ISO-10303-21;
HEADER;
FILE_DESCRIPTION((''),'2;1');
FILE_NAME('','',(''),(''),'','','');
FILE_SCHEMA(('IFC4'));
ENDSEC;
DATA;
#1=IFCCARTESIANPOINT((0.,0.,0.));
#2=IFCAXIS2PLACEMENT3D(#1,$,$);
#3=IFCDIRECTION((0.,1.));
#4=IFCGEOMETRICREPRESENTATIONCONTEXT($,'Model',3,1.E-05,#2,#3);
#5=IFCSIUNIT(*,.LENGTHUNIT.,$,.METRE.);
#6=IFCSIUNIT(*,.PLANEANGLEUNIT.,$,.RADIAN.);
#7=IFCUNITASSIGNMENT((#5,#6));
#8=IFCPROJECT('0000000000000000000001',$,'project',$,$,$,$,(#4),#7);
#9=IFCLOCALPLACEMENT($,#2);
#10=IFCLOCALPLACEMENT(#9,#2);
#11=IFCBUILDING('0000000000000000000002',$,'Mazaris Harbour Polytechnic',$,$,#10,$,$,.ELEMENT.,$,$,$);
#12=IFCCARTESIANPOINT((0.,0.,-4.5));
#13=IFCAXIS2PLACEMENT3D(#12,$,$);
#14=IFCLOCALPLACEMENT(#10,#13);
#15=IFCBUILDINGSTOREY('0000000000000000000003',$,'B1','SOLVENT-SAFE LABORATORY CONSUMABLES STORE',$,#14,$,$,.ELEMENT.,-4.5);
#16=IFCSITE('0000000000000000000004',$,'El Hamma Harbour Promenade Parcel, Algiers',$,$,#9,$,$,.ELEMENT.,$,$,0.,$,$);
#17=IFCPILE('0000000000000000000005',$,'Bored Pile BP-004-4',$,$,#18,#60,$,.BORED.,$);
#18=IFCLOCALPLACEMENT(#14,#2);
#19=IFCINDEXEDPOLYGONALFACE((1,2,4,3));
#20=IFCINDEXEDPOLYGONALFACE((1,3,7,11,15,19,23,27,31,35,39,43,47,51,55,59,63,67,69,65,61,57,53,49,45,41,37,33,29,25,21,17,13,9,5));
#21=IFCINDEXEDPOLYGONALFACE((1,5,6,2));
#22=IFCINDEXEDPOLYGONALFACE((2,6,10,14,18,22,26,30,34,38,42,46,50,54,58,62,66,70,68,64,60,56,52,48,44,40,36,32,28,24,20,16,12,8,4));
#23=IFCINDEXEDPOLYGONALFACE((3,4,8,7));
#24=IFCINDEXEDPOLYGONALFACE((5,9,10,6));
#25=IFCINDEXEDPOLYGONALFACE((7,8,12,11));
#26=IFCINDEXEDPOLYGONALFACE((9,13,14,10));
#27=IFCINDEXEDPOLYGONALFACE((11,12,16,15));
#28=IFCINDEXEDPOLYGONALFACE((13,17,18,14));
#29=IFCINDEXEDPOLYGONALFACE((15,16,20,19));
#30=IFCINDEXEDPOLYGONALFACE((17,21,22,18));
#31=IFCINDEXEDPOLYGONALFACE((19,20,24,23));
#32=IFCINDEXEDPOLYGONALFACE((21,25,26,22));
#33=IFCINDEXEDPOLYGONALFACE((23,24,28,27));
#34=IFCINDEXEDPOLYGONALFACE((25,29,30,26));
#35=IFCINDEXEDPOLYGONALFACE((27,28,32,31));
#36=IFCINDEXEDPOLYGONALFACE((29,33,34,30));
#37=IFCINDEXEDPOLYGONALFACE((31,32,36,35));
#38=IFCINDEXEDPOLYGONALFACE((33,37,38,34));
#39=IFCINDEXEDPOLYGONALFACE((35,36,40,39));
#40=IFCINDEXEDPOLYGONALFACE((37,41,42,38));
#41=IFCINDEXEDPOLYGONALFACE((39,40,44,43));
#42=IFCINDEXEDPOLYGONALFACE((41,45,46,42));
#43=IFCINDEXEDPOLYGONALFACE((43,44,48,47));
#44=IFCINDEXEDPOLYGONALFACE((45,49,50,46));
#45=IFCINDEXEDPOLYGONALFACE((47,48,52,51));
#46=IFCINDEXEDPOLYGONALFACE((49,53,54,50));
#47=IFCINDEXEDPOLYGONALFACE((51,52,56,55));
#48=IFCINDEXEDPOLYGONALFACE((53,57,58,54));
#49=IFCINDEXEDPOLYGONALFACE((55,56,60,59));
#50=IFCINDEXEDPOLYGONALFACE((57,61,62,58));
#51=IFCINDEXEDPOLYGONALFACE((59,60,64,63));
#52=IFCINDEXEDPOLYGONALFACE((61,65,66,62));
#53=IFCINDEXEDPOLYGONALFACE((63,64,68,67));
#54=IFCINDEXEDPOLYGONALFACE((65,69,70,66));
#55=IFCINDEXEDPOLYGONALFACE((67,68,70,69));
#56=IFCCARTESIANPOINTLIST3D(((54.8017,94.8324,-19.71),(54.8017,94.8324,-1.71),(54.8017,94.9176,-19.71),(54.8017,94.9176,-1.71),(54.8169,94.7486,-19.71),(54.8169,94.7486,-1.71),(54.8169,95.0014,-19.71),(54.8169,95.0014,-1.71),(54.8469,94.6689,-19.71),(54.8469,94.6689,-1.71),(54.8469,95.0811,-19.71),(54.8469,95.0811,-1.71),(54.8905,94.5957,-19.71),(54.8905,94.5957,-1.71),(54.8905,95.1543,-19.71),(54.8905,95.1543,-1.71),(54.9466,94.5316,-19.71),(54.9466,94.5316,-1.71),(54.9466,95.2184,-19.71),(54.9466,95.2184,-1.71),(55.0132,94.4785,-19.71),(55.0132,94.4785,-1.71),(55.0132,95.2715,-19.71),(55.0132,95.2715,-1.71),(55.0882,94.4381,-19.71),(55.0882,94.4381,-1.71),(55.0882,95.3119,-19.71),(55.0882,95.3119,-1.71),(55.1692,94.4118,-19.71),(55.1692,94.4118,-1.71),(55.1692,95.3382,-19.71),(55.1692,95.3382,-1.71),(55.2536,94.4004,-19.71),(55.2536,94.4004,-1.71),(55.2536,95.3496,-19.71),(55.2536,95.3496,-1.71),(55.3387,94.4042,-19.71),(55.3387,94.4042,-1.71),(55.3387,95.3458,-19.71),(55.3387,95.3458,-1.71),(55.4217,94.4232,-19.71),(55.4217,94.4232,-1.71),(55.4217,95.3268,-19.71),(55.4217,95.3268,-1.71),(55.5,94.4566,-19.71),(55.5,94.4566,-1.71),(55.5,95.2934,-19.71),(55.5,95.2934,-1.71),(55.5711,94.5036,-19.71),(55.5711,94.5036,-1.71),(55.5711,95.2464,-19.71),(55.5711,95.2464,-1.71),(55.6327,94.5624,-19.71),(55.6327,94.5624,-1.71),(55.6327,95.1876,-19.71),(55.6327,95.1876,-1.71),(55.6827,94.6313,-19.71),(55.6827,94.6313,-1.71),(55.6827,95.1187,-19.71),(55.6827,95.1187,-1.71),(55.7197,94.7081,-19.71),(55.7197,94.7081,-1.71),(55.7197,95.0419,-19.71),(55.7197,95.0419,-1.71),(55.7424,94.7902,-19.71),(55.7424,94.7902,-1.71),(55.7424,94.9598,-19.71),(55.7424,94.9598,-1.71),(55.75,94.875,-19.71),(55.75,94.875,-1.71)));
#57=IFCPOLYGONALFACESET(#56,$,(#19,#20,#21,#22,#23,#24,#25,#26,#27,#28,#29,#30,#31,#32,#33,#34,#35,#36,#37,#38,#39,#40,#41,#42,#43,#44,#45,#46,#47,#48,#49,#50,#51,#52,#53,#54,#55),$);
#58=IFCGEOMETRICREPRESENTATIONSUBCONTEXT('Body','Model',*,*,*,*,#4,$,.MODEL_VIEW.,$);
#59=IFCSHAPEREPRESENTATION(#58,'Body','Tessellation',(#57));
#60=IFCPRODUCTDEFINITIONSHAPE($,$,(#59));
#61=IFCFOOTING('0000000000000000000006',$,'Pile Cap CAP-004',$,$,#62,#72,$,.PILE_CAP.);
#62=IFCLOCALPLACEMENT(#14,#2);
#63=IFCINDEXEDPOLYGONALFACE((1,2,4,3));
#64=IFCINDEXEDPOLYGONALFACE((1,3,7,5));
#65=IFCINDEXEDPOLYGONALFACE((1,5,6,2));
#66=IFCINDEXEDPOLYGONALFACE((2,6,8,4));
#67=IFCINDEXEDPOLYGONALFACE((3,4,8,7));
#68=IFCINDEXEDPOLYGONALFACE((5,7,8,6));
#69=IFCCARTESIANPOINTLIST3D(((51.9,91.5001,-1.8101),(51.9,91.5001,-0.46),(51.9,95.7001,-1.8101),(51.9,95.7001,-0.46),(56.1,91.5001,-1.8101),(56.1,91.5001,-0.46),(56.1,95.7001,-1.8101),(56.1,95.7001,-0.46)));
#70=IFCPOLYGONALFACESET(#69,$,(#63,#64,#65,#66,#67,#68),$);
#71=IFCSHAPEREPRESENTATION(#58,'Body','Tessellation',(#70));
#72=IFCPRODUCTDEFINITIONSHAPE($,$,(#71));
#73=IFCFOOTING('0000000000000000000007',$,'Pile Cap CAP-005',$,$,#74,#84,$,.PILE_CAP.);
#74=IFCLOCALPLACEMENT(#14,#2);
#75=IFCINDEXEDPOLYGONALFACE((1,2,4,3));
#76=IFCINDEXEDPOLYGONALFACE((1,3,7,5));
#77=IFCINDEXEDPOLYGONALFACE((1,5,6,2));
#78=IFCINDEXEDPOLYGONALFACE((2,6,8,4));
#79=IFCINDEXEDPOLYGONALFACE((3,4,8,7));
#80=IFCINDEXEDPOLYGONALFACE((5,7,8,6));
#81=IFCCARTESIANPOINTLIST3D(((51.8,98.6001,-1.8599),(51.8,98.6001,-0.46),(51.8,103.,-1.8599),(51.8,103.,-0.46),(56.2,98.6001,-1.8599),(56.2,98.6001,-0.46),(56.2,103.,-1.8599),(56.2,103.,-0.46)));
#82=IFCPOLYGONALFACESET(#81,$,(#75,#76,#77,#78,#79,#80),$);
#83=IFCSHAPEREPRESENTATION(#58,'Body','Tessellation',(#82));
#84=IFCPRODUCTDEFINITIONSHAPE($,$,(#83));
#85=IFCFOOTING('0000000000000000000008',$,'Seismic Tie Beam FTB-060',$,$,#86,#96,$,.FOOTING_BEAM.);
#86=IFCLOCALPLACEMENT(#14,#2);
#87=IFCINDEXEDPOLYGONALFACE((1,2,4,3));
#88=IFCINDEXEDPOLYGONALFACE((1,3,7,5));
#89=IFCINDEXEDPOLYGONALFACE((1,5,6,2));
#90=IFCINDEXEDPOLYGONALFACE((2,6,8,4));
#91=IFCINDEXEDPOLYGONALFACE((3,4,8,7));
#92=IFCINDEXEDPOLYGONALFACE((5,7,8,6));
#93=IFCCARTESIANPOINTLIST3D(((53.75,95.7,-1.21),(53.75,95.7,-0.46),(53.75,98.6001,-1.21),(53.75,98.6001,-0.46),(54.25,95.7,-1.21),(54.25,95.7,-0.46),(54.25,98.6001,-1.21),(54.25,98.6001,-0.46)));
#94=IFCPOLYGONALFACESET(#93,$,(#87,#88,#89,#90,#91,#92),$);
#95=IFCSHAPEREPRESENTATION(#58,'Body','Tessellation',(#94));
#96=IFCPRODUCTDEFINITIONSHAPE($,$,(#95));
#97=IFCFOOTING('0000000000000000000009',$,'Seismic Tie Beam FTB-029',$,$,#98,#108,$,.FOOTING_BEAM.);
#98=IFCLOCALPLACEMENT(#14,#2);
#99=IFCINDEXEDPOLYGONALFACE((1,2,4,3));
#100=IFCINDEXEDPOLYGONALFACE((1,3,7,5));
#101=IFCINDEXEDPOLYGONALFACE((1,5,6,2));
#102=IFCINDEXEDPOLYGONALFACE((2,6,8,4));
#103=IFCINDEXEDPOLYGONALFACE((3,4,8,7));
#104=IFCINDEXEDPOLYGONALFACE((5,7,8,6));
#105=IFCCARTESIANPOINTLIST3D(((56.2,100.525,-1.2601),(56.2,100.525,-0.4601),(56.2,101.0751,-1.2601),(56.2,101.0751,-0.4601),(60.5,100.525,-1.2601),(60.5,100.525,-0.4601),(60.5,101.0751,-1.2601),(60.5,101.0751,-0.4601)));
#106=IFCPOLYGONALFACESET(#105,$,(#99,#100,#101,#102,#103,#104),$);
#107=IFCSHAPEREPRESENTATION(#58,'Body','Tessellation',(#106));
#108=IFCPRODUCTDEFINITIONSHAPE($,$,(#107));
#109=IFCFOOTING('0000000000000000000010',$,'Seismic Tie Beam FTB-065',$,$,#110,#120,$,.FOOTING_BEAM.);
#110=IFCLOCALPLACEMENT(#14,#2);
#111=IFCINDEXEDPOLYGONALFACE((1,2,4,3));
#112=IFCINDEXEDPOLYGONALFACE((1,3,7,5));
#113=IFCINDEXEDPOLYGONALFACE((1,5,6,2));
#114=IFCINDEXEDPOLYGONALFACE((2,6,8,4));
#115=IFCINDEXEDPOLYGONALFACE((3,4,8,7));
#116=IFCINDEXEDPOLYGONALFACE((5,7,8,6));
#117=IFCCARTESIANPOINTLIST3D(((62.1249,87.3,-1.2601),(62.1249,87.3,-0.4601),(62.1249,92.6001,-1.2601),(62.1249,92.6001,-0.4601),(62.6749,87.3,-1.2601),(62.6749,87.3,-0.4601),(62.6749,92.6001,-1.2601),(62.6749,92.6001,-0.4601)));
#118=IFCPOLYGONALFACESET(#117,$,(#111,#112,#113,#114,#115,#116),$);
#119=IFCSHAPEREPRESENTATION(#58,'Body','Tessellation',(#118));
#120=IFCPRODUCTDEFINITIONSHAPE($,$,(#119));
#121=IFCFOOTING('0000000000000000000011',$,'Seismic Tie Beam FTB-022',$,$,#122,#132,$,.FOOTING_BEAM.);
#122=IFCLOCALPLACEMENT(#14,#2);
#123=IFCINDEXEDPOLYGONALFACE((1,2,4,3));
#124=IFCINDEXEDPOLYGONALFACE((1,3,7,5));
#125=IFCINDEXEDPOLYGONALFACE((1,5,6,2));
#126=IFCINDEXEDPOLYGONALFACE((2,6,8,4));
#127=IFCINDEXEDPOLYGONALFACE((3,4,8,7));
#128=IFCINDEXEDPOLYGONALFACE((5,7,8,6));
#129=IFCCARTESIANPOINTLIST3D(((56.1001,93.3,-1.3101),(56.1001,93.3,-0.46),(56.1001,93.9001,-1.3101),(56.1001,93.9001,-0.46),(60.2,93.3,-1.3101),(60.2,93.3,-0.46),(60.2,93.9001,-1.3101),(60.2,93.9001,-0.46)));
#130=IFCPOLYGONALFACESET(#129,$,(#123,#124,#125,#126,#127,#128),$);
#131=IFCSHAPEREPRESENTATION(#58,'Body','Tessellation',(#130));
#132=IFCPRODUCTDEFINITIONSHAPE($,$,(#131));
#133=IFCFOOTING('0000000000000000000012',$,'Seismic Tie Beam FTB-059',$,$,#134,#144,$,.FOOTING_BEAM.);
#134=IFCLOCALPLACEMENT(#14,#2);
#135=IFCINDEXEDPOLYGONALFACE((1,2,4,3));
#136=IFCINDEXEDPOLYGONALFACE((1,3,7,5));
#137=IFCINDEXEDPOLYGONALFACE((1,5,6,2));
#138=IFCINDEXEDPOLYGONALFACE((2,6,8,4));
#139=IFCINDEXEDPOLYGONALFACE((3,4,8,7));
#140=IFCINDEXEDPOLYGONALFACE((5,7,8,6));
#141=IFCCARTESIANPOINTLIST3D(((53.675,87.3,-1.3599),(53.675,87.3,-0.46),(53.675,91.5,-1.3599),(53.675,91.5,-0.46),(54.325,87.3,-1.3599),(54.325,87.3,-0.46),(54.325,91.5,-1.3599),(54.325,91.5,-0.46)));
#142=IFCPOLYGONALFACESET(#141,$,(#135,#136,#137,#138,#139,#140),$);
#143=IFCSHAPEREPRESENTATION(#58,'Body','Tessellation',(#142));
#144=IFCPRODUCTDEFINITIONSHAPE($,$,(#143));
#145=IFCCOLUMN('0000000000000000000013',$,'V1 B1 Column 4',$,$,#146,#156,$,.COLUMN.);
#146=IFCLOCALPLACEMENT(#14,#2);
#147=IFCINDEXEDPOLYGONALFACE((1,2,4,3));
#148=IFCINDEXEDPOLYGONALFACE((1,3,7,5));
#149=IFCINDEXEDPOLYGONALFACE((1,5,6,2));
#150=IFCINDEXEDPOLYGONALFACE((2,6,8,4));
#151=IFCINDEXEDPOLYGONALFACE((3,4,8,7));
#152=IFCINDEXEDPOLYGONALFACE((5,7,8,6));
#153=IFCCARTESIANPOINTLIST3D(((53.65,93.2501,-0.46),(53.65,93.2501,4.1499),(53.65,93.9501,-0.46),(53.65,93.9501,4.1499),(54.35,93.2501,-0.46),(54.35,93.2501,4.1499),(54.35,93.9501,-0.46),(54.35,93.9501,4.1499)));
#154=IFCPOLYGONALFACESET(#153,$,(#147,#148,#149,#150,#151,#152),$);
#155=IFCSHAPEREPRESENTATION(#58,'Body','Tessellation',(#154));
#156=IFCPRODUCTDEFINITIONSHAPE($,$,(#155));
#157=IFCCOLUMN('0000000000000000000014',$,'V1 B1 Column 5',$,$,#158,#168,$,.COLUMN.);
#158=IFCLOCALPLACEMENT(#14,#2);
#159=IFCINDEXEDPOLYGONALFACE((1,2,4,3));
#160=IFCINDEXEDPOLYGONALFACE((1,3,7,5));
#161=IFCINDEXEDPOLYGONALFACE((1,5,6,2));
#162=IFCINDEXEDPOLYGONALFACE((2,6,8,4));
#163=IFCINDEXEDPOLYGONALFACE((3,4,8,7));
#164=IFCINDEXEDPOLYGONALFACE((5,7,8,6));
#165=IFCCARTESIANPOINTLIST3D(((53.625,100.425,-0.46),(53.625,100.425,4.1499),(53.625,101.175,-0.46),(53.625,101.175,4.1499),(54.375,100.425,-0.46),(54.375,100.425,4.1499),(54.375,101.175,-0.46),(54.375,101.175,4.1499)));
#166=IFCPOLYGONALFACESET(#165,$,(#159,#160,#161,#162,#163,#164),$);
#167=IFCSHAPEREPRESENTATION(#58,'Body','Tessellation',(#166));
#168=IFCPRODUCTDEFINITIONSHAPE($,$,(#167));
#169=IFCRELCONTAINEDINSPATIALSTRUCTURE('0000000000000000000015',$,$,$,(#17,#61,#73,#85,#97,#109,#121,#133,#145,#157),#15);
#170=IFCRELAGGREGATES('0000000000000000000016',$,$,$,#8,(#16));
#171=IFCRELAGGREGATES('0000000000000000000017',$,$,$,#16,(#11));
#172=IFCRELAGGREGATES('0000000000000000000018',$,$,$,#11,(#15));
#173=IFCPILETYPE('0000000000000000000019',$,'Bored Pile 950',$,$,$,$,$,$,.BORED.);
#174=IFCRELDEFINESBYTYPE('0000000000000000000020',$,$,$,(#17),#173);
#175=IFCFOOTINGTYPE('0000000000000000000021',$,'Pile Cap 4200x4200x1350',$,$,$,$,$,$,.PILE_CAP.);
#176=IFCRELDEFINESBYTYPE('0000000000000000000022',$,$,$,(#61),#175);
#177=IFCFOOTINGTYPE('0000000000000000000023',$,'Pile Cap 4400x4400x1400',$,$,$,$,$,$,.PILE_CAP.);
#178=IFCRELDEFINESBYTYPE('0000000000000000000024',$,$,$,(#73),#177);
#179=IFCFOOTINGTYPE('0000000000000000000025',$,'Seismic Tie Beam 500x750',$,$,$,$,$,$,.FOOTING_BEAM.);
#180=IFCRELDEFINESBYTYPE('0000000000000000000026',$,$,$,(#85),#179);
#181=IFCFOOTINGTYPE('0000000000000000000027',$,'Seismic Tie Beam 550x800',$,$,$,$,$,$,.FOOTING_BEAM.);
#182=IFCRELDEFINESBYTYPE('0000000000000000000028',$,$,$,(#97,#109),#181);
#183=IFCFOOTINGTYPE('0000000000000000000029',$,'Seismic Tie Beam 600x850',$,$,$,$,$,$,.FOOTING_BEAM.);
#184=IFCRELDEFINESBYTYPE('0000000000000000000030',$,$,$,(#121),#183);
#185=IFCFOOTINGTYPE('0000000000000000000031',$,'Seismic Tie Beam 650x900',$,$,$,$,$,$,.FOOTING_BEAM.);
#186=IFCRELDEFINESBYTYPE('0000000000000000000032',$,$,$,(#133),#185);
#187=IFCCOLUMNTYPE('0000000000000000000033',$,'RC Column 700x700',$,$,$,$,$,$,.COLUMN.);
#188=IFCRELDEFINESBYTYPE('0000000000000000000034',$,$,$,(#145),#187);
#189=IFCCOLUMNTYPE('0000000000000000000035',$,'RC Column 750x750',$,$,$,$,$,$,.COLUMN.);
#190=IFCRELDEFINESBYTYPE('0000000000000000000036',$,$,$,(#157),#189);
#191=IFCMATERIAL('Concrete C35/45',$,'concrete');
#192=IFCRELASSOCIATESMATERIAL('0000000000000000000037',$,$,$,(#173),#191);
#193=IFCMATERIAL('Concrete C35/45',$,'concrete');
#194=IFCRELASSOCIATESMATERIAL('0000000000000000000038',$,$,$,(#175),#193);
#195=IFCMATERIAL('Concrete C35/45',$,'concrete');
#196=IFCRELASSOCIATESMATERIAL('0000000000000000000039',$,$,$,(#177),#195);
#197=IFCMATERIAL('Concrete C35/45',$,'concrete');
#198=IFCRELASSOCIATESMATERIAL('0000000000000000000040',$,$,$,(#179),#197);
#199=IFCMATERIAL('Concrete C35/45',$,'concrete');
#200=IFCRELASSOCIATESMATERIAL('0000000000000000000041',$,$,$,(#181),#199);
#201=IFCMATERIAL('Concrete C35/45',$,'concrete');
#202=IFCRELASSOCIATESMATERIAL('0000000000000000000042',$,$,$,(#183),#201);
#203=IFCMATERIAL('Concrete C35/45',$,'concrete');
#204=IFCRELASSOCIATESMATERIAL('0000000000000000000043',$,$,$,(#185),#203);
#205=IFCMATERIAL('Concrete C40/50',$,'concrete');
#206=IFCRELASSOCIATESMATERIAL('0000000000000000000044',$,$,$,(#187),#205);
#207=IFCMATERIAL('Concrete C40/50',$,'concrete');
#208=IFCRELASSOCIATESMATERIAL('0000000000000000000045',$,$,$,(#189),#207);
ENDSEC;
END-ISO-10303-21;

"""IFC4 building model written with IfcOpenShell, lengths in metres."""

from ifc_helpers import new_model, si_unit, direction, frame, origin, origin_2d, place, context, subcontext, project, spatial, rectangle, circle, extrude, material, material_profile, profile_set, type_object, element, save


model = new_model("IFC4")

# Units and contexts
model_context = context("Model", 3, precision=1e-05, world=origin(), true_north=direction((0.0, 1.0)))
body_context = subcontext(model_context, "Body", "Model", "MODEL_VIEW")
ifc_project = project(units=[si_unit("LENGTHUNIT", "METRE"), si_unit("PLANEANGLEUNIT", "RADIAN")], contexts=[model_context])

# Site, building, storey
site_placement = place(None, origin())
site = spatial("IfcSite", under=ifc_project, at=site_placement, Name="El Hamma Harbour Promenade Parcel, Algiers", CompositionType="ELEMENT", RefElevation=0.0)
building_placement = place(site_placement, origin())
building = spatial("IfcBuilding", under=site, at=building_placement, Name="Mazaris Harbour Polytechnic", CompositionType="ELEMENT")
storey_placement = place(building_placement, frame((0.0, 0.0, -4.5)))
storey = spatial("IfcBuildingStorey", under=building, at=storey_placement, Name="B1", Description="SOLVENT-SAFE LABORATORY CONSUMABLES STORE", CompositionType="ELEMENT", Elevation=-4.5)

# Pile
ifc_material_1 = material(Name="Concrete C35/45", Category="concrete")
ifc_material_profile_1 = material_profile(ifc_material_1, circle(Radius=0.4751, at=origin_2d()), Name="DIA950")
ifc_profile_set_1 = profile_set([ifc_material_profile_1], Name="Concrete C35/45")
pile_type_1 = type_object("IfcPileType", Name="Bored Pile 950", PredefinedType="BORED", material=ifc_profile_set_1)
for number, where, z_axis, x_axis, name in (
    (1, (55.2749, 94.875, -1.71), (0.0, 0.0, -1.0), (1.0, 0.0, 0.0), "Bored Pile BP-004-4"),
):
    element("IfcPile", number, at=place(storey_placement, frame(where, z_axis=z_axis, x_axis=x_axis)), inside=storey, type_object=pile_type_1, Name=name, PredefinedType="BORED", context=body_context, shape_type="SweptSolid", body=[
        extrude(circle(Radius=0.4751, at=origin_2d()), origin(), (0.0, 0.0, 1.0), 18.0),
    ])

# Footings
ifc_material_2 = material(Name="Concrete C35/45", Category="concrete")
footing_type_1 = type_object("IfcFootingType", Name="Pile Cap 4200x4200x1350", PredefinedType="PILE_CAP", material=ifc_material_2)
footing_1_placement = place(storey_placement, frame((54.0, 93.6001, -1.8101), z_axis=(0.0, 0.0, 1.0), x_axis=(1.0, 0.0, 0.0)))
element("IfcFooting", 2, at=footing_1_placement, inside=storey, type_object=footing_type_1, Name="Pile Cap CAP-004", PredefinedType="PILE_CAP", context=body_context, shape_type="SweptSolid", body=[
    extrude(rectangle(XDim=4.2, YDim=4.2, at=origin_2d()), origin(), (0.0, 0.0, 1.0), 1.3501),
])
ifc_material_3 = material(Name="Concrete C35/45", Category="concrete")
footing_type_2 = type_object("IfcFootingType", Name="Pile Cap 4400x4400x1400", PredefinedType="PILE_CAP", material=ifc_material_3)
footing_2_placement = place(storey_placement, frame((54.0, 100.8, -1.8599), z_axis=(0.0, 0.0, 1.0), x_axis=(1.0, 0.0, 0.0)))
element("IfcFooting", 3, at=footing_2_placement, inside=storey, type_object=footing_type_2, Name="Pile Cap CAP-005", PredefinedType="PILE_CAP", context=body_context, shape_type="SweptSolid", body=[
    extrude(rectangle(XDim=4.3999, YDim=4.3999, at=origin_2d()), origin(), (0.0, 0.0, 1.0), 1.3999),
])
ifc_material_4 = material(Name="Concrete C35/45", Category="concrete")
ifc_material_profile_2 = material_profile(ifc_material_4, rectangle(XDim=0.5, YDim=0.75, at=origin_2d()), Name="RECT500x750")
ifc_profile_set_2 = profile_set([ifc_material_profile_2], Name="Concrete C35/45")
footing_type_3 = type_object("IfcFootingType", Name="Seismic Tie Beam 500x750", PredefinedType="FOOTING_BEAM", material=ifc_profile_set_2)
footing_3_placement = place(storey_placement, frame((54.0, 95.7, -0.835), z_axis=(0.0, 1.0, 0.0), x_axis=(-1.0, 0.0, 0.0)))
element("IfcFooting", 4, at=footing_3_placement, inside=storey, type_object=footing_type_3, Name="Seismic Tie Beam FTB-060", PredefinedType="FOOTING_BEAM", context=body_context, shape_type="SweptSolid", body=[
    extrude(rectangle(XDim=0.5, YDim=0.75, at=origin_2d()), origin(), (0.0, 0.0, 1.0), 2.9001),
])
ifc_material_5 = material(Name="Concrete C35/45", Category="concrete")
ifc_material_profile_3 = material_profile(ifc_material_5, rectangle(XDim=0.55, YDim=0.8, at=origin_2d()), Name="RECT550x800")
ifc_profile_set_3 = profile_set([ifc_material_profile_3], Name="Concrete C35/45")
footing_type_4 = type_object("IfcFootingType", Name="Seismic Tie Beam 550x800", PredefinedType="FOOTING_BEAM", material=ifc_profile_set_3)
footing_4_placement = place(storey_placement, frame((56.2, 100.8, -0.8601), z_axis=(1.0, 0.0, 0.0), x_axis=(0.0, 1.0, 0.0)))
element("IfcFooting", 5, at=footing_4_placement, inside=storey, type_object=footing_type_4, Name="Seismic Tie Beam FTB-029", PredefinedType="FOOTING_BEAM", context=body_context, shape_type="SweptSolid", body=[
    extrude(rectangle(XDim=0.55, YDim=0.8, at=origin_2d()), origin(), (0.0, 0.0, 1.0), 4.3),
])
footing_5_placement = place(storey_placement, frame((62.3999, 87.3, -0.8601), z_axis=(0.0, 1.0, 0.0), x_axis=(-1.0, 0.0, 0.0)))
element("IfcFooting", 6, at=footing_5_placement, inside=storey, type_object=footing_type_4, Name="Seismic Tie Beam FTB-065", PredefinedType="FOOTING_BEAM", context=body_context, shape_type="SweptSolid", body=[
    extrude(rectangle(XDim=0.55, YDim=0.8, at=origin_2d()), origin(), (0.0, 0.0, 1.0), 5.3),
])
ifc_material_6 = material(Name="Concrete C35/45", Category="concrete")
ifc_material_profile_4 = material_profile(ifc_material_6, rectangle(XDim=0.6001, YDim=0.8501, at=origin_2d()), Name="RECT600x850")
ifc_profile_set_4 = profile_set([ifc_material_profile_4], Name="Concrete C35/45")
footing_type_5 = type_object("IfcFootingType", Name="Seismic Tie Beam 600x850", PredefinedType="FOOTING_BEAM", material=ifc_profile_set_4)
footing_6_placement = place(storey_placement, frame((56.1001, 93.6001, -0.885), z_axis=(1.0, 0.0, 0.0), x_axis=(0.0, 1.0, 0.0)))
element("IfcFooting", 7, at=footing_6_placement, inside=storey, type_object=footing_type_5, Name="Seismic Tie Beam FTB-022", PredefinedType="FOOTING_BEAM", context=body_context, shape_type="SweptSolid", body=[
    extrude(rectangle(XDim=0.6001, YDim=0.8501, at=origin_2d()), origin(), (0.0, 0.0, 1.0), 4.0999),
])
ifc_material_7 = material(Name="Concrete C35/45", Category="concrete")
ifc_material_profile_5 = material_profile(ifc_material_7, rectangle(XDim=0.6499, YDim=0.8999, at=origin_2d()), Name="RECT650x900")
ifc_profile_set_5 = profile_set([ifc_material_profile_5], Name="Concrete C35/45")
footing_type_6 = type_object("IfcFootingType", Name="Seismic Tie Beam 650x900", PredefinedType="FOOTING_BEAM", material=ifc_profile_set_5)
footing_7_placement = place(storey_placement, frame((54.0, 87.3, -0.9099), z_axis=(0.0, 1.0, 0.0), x_axis=(-1.0, 0.0, 0.0)))
element("IfcFooting", 8, at=footing_7_placement, inside=storey, type_object=footing_type_6, Name="Seismic Tie Beam FTB-059", PredefinedType="FOOTING_BEAM", context=body_context, shape_type="SweptSolid", body=[
    extrude(rectangle(XDim=0.6499, YDim=0.8999, at=origin_2d()), origin(), (0.0, 0.0, 1.0), 4.2),
])

# Columns
ifc_material_8 = material(Name="Concrete C40/50", Category="concrete")
ifc_material_profile_6 = material_profile(ifc_material_8, rectangle(XDim=0.7, YDim=0.7, at=origin_2d()), Name="RECT700x700")
ifc_profile_set_6 = profile_set([ifc_material_profile_6], Name="Concrete C40/50")
column_type_1 = type_object("IfcColumnType", Name="RC Column 700x700", PredefinedType="COLUMN", material=ifc_profile_set_6)
column_1_placement = place(storey_placement, frame((54.0, 93.6001, -0.46), z_axis=(0.0, 0.0, 1.0), x_axis=(1.0, 0.0, 0.0)))
element("IfcColumn", 9, at=column_1_placement, inside=storey, type_object=column_type_1, Name="V1 B1 Column 4", PredefinedType="COLUMN", context=body_context, shape_type="SweptSolid", body=[
    extrude(rectangle(XDim=0.7, YDim=0.7, at=origin_2d()), origin(), (0.0, 0.0, 1.0), 4.6099),
])
ifc_material_9 = material(Name="Concrete C40/50", Category="concrete")
ifc_material_profile_7 = material_profile(ifc_material_9, rectangle(XDim=0.75, YDim=0.75, at=origin_2d()), Name="RECT750x750")
ifc_profile_set_7 = profile_set([ifc_material_profile_7], Name="Concrete C40/50")
column_type_2 = type_object("IfcColumnType", Name="RC Column 750x750", PredefinedType="COLUMN", material=ifc_profile_set_7)
column_2_placement = place(storey_placement, frame((54.0, 100.8, -0.46), z_axis=(0.0, 0.0, 1.0), x_axis=(1.0, 0.0, 0.0)))
element("IfcColumn", 10, at=column_2_placement, inside=storey, type_object=column_type_2, Name="V1 B1 Column 5", PredefinedType="COLUMN", context=body_context, shape_type="SweptSolid", body=[
    extrude(rectangle(XDim=0.75, YDim=0.75, at=origin_2d()), origin(), (0.0, 0.0, 1.0), 4.6099),
])

save(model, "model.ifc")
